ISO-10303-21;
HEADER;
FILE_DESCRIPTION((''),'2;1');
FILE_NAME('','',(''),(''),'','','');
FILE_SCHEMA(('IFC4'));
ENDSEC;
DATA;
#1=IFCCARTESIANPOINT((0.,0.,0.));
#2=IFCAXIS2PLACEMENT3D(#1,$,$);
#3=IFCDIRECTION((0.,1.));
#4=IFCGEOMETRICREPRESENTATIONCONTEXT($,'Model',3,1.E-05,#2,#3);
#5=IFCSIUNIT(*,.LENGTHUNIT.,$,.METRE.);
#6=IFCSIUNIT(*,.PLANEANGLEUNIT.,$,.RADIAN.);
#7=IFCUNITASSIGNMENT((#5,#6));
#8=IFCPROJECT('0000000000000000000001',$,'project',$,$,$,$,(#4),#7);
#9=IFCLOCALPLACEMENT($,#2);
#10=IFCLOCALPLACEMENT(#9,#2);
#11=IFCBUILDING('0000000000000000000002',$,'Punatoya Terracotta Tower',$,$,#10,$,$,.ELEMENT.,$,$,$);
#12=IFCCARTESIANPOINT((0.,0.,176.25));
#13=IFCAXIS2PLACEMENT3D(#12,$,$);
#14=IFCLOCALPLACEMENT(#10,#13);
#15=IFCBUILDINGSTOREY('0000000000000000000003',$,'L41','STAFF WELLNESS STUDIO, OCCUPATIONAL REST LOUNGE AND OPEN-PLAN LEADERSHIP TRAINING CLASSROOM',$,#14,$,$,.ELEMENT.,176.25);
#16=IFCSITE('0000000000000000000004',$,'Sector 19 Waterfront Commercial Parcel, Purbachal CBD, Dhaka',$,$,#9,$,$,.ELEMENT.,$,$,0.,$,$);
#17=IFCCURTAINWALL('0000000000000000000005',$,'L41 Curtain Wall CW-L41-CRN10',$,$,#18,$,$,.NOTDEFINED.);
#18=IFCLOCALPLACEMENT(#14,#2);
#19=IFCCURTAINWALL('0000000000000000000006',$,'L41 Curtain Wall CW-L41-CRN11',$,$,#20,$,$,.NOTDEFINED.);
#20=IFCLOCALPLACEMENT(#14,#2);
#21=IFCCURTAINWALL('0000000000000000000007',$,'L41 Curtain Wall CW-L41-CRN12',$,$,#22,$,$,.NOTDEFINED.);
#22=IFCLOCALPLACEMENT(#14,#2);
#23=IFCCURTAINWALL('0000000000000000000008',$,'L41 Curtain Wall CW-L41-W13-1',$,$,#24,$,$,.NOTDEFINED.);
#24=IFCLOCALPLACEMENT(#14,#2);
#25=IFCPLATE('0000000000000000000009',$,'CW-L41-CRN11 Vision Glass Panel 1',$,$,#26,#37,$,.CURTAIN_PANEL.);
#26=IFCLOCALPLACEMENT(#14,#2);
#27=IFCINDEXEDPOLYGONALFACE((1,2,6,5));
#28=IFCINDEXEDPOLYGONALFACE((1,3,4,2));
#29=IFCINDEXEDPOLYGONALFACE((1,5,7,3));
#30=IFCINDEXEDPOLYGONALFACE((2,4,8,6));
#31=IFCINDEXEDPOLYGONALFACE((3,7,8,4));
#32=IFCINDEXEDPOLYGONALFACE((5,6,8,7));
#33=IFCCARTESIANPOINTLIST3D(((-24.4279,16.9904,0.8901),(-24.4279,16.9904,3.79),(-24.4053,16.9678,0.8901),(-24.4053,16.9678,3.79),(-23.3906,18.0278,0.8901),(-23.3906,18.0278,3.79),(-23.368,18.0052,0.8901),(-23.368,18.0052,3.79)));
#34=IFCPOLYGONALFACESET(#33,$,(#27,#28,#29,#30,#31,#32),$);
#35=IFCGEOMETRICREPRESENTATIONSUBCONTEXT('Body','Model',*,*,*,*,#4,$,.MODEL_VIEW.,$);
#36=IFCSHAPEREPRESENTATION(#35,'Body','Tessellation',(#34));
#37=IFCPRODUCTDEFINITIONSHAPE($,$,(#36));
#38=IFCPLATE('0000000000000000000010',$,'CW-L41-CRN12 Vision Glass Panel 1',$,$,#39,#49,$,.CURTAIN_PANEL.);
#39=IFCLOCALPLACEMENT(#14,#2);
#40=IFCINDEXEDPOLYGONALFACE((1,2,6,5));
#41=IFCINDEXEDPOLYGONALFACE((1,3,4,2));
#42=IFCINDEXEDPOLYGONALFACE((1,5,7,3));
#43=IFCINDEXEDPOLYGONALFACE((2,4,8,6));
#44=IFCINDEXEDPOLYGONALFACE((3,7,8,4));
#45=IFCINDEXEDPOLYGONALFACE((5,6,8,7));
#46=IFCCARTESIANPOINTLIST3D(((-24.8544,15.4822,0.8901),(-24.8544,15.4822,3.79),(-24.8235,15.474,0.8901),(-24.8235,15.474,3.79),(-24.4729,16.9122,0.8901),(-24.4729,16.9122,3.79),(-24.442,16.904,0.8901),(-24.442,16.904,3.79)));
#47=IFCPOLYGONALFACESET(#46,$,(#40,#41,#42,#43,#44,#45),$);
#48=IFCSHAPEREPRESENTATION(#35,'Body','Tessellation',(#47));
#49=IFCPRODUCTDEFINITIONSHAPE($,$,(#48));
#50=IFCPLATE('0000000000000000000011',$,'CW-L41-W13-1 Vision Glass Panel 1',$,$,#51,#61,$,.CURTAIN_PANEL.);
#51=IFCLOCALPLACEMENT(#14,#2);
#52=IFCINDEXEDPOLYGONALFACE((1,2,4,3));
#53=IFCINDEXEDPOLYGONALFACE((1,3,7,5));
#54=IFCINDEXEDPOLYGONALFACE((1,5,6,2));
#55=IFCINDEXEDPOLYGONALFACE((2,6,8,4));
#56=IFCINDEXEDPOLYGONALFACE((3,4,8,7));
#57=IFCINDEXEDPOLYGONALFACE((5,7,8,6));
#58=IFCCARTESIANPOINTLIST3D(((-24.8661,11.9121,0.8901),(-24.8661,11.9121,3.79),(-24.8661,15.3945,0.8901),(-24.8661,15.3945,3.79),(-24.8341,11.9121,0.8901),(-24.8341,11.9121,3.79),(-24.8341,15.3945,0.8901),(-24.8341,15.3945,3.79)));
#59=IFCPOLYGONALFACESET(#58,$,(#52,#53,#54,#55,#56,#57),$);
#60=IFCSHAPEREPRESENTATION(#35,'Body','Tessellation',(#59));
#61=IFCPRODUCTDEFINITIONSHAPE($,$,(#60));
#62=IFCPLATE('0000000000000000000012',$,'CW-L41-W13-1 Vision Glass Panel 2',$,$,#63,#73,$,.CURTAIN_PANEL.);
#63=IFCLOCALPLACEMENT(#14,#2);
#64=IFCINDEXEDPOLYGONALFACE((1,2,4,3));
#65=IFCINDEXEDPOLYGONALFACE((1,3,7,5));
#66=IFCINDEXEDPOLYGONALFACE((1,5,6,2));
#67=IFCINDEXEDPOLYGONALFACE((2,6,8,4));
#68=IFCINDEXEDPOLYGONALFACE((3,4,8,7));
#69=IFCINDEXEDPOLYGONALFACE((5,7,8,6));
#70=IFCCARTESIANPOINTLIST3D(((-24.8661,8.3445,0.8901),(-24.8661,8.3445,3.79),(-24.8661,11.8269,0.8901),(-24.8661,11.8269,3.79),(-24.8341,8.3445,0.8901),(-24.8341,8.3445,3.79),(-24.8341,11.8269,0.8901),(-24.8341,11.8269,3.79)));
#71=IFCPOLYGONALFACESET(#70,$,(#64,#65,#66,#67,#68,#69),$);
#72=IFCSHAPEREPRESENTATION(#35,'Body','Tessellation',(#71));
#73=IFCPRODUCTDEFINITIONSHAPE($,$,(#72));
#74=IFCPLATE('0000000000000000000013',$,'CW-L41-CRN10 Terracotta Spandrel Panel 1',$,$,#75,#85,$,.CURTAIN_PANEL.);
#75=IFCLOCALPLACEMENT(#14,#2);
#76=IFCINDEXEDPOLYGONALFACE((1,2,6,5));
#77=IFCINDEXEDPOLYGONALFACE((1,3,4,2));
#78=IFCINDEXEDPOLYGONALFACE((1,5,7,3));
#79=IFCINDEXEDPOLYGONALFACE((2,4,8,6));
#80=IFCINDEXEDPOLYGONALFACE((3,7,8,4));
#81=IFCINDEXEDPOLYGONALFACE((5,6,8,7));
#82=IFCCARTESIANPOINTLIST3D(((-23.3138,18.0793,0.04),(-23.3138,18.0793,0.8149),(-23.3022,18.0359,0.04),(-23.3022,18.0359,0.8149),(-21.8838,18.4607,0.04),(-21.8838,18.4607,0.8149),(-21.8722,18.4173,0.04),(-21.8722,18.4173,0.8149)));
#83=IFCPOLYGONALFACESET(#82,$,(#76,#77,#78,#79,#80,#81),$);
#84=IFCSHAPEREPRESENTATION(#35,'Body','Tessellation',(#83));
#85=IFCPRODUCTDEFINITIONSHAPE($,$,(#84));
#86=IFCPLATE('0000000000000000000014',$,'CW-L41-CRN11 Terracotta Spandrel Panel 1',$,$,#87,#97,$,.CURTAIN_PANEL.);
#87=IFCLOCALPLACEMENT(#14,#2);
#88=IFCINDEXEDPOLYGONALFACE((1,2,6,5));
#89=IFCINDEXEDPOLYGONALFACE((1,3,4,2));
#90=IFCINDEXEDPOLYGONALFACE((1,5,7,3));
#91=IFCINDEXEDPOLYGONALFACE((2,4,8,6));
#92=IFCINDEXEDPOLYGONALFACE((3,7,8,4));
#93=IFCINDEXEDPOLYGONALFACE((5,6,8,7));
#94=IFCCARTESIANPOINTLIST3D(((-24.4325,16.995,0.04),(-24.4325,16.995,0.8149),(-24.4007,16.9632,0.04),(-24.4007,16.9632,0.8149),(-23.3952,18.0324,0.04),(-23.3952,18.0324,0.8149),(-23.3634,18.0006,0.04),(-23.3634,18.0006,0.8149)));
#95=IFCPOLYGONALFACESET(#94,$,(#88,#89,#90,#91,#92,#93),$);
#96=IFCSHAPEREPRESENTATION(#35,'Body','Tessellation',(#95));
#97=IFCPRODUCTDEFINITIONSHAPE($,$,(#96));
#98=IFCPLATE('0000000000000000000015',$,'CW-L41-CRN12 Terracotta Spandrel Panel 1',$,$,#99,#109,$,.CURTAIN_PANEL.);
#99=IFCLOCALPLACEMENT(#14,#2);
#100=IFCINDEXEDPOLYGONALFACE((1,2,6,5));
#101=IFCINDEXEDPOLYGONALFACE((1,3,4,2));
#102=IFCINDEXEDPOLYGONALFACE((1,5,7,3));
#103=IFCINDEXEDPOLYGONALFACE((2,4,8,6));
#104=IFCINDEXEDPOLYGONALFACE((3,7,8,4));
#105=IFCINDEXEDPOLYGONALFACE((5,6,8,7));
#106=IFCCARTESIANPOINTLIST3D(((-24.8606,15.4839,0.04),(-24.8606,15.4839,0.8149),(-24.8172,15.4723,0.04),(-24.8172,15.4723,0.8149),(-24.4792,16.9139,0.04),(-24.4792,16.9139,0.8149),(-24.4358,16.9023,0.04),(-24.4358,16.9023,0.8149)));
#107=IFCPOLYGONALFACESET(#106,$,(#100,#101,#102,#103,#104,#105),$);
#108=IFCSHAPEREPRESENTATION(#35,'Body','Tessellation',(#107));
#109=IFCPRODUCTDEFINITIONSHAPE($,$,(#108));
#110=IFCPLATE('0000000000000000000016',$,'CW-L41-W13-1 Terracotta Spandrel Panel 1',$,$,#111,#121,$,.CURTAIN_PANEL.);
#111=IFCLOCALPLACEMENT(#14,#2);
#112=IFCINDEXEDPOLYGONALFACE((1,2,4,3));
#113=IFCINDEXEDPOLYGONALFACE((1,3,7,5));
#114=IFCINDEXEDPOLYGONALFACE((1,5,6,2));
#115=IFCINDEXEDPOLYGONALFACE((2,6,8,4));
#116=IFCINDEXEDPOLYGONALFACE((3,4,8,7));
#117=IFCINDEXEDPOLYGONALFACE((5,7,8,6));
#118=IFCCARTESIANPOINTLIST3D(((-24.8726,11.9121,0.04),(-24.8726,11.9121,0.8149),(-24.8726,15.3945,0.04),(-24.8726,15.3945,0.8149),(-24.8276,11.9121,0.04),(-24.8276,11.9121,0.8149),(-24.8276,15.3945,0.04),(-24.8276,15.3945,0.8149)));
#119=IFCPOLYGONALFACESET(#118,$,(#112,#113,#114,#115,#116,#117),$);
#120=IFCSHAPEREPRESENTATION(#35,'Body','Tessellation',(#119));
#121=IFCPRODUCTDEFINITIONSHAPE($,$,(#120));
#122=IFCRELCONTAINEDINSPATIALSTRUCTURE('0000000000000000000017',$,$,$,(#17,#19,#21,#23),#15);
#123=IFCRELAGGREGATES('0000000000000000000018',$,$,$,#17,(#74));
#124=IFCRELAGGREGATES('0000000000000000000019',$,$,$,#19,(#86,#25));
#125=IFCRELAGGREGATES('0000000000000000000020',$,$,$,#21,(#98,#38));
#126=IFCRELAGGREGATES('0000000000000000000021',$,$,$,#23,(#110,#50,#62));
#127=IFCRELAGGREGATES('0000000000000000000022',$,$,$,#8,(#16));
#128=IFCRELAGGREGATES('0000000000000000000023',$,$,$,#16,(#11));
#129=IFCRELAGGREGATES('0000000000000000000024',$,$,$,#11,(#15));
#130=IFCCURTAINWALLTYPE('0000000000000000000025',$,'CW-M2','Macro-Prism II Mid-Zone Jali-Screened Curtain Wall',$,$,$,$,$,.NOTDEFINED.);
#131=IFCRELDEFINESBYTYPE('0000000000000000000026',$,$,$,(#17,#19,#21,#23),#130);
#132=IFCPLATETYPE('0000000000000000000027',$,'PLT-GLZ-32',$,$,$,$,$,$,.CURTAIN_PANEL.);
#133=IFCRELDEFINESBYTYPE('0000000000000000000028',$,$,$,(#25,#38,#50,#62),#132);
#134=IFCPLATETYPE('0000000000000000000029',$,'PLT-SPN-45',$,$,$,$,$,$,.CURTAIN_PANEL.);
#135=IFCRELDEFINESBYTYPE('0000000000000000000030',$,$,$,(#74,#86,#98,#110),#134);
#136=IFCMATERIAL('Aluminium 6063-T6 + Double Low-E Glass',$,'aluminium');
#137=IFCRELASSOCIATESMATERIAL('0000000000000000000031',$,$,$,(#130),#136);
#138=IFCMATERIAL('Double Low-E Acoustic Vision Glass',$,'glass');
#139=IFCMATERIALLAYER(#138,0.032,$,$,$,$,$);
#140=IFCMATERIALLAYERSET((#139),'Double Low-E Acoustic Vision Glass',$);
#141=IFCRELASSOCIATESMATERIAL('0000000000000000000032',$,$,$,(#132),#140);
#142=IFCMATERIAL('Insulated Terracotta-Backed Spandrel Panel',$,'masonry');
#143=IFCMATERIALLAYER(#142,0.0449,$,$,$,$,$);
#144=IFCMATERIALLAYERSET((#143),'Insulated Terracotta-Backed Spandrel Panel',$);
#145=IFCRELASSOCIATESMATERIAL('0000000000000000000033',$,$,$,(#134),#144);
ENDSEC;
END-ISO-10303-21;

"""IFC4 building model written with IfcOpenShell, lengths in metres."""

from ifc_helpers import new_model, si_unit, direction, frame, origin, origin_2d, place, context, subcontext, project, spatial, rectangle, extrude, material, layer, layer_set, type_object, element, aggregate, save


model = new_model("IFC4")

# Units and contexts
model_context = context("Model", 3, precision=1e-05, world=origin(), true_north=direction((0.0, 1.0)))
body_context = subcontext(model_context, "Body", "Model", "MODEL_VIEW")
ifc_project = project(units=[si_unit("LENGTHUNIT", "METRE"), si_unit("PLANEANGLEUNIT", "RADIAN")], contexts=[model_context])

# Site, building, storey
site_placement = place(None, origin())
site = spatial("IfcSite", under=ifc_project, at=site_placement, Name="Sector 19 Waterfront Commercial Parcel, Purbachal CBD, Dhaka", CompositionType="ELEMENT", RefElevation=0.0)
building_placement = place(site_placement, origin())
building = spatial("IfcBuilding", under=site, at=building_placement, Name="Punatoya Terracotta Tower", CompositionType="ELEMENT")
storey_placement = place(building_placement, frame((0.0, 0.0, 176.25)))
storey = spatial("IfcBuildingStorey", under=building, at=storey_placement, Name="L41", Description="STAFF WELLNESS STUDIO, OCCUPATIONAL REST LOUNGE AND OPEN-PLAN LEADERSHIP TRAINING CLASSROOM", CompositionType="ELEMENT", Elevation=176.25)

# Curtain wall
ifc_material_1 = material(Name="Aluminium 6063-T6 + Double Low-E Glass", Category="aluminium")
curtain_wall_type = type_object("IfcCurtainWallType", Name="CW-M2", Description="Macro-Prism II Mid-Zone Jali-Screened Curtain Wall", PredefinedType="NOTDEFINED", material=ifc_material_1)
curtain_wall_1_placement = place(storey_placement, origin())
curtain_wall_1 = element("IfcCurtainWall", 1, at=curtain_wall_1_placement, inside=storey, type_object=curtain_wall_type, Name="L41 Curtain Wall CW-L41-CRN10", PredefinedType="NOTDEFINED")

# Curtain walls
curtain_wall_2_placement = place(storey_placement, origin())
curtain_wall_2 = element("IfcCurtainWall", 2, at=curtain_wall_2_placement, inside=storey, type_object=curtain_wall_type, Name="L41 Curtain Wall CW-L41-CRN11", PredefinedType="NOTDEFINED")
curtain_wall_3_placement = place(storey_placement, origin())
curtain_wall_3 = element("IfcCurtainWall", 3, at=curtain_wall_3_placement, inside=storey, type_object=curtain_wall_type, Name="L41 Curtain Wall CW-L41-CRN12", PredefinedType="NOTDEFINED")
curtain_wall_4_placement = place(storey_placement, origin())
curtain_wall_4 = element("IfcCurtainWall", 4, at=curtain_wall_4_placement, inside=storey, type_object=curtain_wall_type, Name="L41 Curtain Wall CW-L41-W13-1", PredefinedType="NOTDEFINED")

# Plates
ifc_material_2 = material(Name="Double Low-E Acoustic Vision Glass", Category="glass")
ifc_layer_1 = layer(ifc_material_2, 0.032)
ifc_layer_set_1 = layer_set([ifc_layer_1], Name="Double Low-E Acoustic Vision Glass")
plate_type_1 = type_object("IfcPlateType", Name="PLT-GLZ-32", PredefinedType="CURTAIN_PANEL", material=ifc_layer_set_1)
plate_1_placement = place(storey_placement, frame((-23.8979, 17.4978, 0.8901), z_axis=(0.0, 0.0, 1.0), x_axis=(-0.707107, -0.707107, 0.0)))
plate_1 = element("IfcPlate", 5, at=plate_1_placement, type_object=plate_type_1, Name="CW-L41-CRN11 Vision Glass Panel 1", PredefinedType="CURTAIN_PANEL", context=body_context, shape_type="SweptSolid", body=[
    extrude(rectangle(XDim=1.467, YDim=0.032, at=origin_2d()), origin(), (0.0, 0.0, 1.0), 2.8999),
])
plate_2_placement = place(storey_placement, frame((-24.6482, 16.1931, 0.8901), z_axis=(0.0, 0.0, 1.0), x_axis=(-0.257742, -0.966214, 0.0)))
plate_2 = element("IfcPlate", 6, at=plate_2_placement, type_object=plate_type_1, Name="CW-L41-CRN12 Vision Glass Panel 1", PredefinedType="CURTAIN_PANEL", context=body_context, shape_type="SweptSolid", body=[
    extrude(rectangle(XDim=1.48, YDim=0.032, at=origin_2d()), origin(), (0.0, 0.0, 1.0), 2.8999),
])
plate_3_placement = place(storey_placement, frame((-24.8501, 13.6533, 0.8901), z_axis=(0.0, 0.0, 1.0), x_axis=(0.0, -1.0, 0.0)))
plate_3 = element("IfcPlate", 7, at=plate_3_placement, type_object=plate_type_1, Name="CW-L41-W13-1 Vision Glass Panel 1", PredefinedType="CURTAIN_PANEL", context=body_context, shape_type="SweptSolid", body=[
    extrude(rectangle(XDim=3.4824, YDim=0.032, at=origin_2d()), origin(), (0.0, 0.0, 1.0), 2.8999),
])
plate_4_placement = place(storey_placement, frame((-24.8501, 10.0857, 0.8901), z_axis=(0.0, 0.0, 1.0), x_axis=(0.0, -1.0, 0.0)))
plate_4 = element("IfcPlate", 8, at=plate_4_placement, type_object=plate_type_1, Name="CW-L41-W13-1 Vision Glass Panel 2", PredefinedType="CURTAIN_PANEL", context=body_context, shape_type="SweptSolid", body=[
    extrude(rectangle(XDim=3.4824, YDim=0.032, at=origin_2d()), origin(), (0.0, 0.0, 1.0), 2.8999),
])
ifc_material_3 = material(Name="Insulated Terracotta-Backed Spandrel Panel", Category="masonry")
ifc_layer_2 = layer(ifc_material_3, 0.0449)
ifc_layer_set_2 = layer_set([ifc_layer_2], Name="Insulated Terracotta-Backed Spandrel Panel")
plate_type_2 = type_object("IfcPlateType", Name="PLT-SPN-45", PredefinedType="CURTAIN_PANEL", material=ifc_layer_set_2)
plate_5_placement = place(storey_placement, frame((-22.593, 18.2483, 0.04), z_axis=(0.0, 0.0, 1.0), x_axis=(-0.966214, -0.257742, 0.0)))
plate_5 = element("IfcPlate", 9, at=plate_5_placement, type_object=plate_type_2, Name="CW-L41-CRN10 Terracotta Spandrel Panel 1", PredefinedType="CURTAIN_PANEL", context=body_context, shape_type="SweptSolid", body=[
    extrude(rectangle(XDim=1.48, YDim=0.0449, at=origin_2d()), origin(), (0.0, 0.0, 1.0), 0.7749),
])
aggregate(curtain_wall_1, [plate_5])
plate_6_placement = place(storey_placement, frame((-23.8979, 17.4978, 0.04), z_axis=(0.0, 0.0, 1.0), x_axis=(-0.707107, -0.707107, 0.0)))
plate_6 = element("IfcPlate", 10, at=plate_6_placement, type_object=plate_type_2, Name="CW-L41-CRN11 Terracotta Spandrel Panel 1", PredefinedType="CURTAIN_PANEL", context=body_context, shape_type="SweptSolid", body=[
    extrude(rectangle(XDim=1.467, YDim=0.0449, at=origin_2d()), origin(), (0.0, 0.0, 1.0), 0.7749),
])
aggregate(curtain_wall_2, [plate_6, plate_1])
plate_7_placement = place(storey_placement, frame((-24.6482, 16.1931, 0.04), z_axis=(0.0, 0.0, 1.0), x_axis=(-0.257742, -0.966214, 0.0)))
plate_7 = element("IfcPlate", 11, at=plate_7_placement, type_object=plate_type_2, Name="CW-L41-CRN12 Terracotta Spandrel Panel 1", PredefinedType="CURTAIN_PANEL", context=body_context, shape_type="SweptSolid", body=[
    extrude(rectangle(XDim=1.48, YDim=0.0449, at=origin_2d()), origin(), (0.0, 0.0, 1.0), 0.7749),
])
aggregate(curtain_wall_3, [plate_7, plate_2])
plate_8_placement = place(storey_placement, frame((-24.8501, 13.6533, 0.04), z_axis=(0.0, 0.0, 1.0), x_axis=(0.0, -1.0, 0.0)))
plate_8 = element("IfcPlate", 12, at=plate_8_placement, type_object=plate_type_2, Name="CW-L41-W13-1 Terracotta Spandrel Panel 1", PredefinedType="CURTAIN_PANEL", context=body_context, shape_type="SweptSolid", body=[
    extrude(rectangle(XDim=3.4824, YDim=0.0449, at=origin_2d()), origin(), (0.0, 0.0, 1.0), 0.7749),
])
aggregate(curtain_wall_4, [plate_8, plate_3, plate_4])

save(model, "model.ifc")
